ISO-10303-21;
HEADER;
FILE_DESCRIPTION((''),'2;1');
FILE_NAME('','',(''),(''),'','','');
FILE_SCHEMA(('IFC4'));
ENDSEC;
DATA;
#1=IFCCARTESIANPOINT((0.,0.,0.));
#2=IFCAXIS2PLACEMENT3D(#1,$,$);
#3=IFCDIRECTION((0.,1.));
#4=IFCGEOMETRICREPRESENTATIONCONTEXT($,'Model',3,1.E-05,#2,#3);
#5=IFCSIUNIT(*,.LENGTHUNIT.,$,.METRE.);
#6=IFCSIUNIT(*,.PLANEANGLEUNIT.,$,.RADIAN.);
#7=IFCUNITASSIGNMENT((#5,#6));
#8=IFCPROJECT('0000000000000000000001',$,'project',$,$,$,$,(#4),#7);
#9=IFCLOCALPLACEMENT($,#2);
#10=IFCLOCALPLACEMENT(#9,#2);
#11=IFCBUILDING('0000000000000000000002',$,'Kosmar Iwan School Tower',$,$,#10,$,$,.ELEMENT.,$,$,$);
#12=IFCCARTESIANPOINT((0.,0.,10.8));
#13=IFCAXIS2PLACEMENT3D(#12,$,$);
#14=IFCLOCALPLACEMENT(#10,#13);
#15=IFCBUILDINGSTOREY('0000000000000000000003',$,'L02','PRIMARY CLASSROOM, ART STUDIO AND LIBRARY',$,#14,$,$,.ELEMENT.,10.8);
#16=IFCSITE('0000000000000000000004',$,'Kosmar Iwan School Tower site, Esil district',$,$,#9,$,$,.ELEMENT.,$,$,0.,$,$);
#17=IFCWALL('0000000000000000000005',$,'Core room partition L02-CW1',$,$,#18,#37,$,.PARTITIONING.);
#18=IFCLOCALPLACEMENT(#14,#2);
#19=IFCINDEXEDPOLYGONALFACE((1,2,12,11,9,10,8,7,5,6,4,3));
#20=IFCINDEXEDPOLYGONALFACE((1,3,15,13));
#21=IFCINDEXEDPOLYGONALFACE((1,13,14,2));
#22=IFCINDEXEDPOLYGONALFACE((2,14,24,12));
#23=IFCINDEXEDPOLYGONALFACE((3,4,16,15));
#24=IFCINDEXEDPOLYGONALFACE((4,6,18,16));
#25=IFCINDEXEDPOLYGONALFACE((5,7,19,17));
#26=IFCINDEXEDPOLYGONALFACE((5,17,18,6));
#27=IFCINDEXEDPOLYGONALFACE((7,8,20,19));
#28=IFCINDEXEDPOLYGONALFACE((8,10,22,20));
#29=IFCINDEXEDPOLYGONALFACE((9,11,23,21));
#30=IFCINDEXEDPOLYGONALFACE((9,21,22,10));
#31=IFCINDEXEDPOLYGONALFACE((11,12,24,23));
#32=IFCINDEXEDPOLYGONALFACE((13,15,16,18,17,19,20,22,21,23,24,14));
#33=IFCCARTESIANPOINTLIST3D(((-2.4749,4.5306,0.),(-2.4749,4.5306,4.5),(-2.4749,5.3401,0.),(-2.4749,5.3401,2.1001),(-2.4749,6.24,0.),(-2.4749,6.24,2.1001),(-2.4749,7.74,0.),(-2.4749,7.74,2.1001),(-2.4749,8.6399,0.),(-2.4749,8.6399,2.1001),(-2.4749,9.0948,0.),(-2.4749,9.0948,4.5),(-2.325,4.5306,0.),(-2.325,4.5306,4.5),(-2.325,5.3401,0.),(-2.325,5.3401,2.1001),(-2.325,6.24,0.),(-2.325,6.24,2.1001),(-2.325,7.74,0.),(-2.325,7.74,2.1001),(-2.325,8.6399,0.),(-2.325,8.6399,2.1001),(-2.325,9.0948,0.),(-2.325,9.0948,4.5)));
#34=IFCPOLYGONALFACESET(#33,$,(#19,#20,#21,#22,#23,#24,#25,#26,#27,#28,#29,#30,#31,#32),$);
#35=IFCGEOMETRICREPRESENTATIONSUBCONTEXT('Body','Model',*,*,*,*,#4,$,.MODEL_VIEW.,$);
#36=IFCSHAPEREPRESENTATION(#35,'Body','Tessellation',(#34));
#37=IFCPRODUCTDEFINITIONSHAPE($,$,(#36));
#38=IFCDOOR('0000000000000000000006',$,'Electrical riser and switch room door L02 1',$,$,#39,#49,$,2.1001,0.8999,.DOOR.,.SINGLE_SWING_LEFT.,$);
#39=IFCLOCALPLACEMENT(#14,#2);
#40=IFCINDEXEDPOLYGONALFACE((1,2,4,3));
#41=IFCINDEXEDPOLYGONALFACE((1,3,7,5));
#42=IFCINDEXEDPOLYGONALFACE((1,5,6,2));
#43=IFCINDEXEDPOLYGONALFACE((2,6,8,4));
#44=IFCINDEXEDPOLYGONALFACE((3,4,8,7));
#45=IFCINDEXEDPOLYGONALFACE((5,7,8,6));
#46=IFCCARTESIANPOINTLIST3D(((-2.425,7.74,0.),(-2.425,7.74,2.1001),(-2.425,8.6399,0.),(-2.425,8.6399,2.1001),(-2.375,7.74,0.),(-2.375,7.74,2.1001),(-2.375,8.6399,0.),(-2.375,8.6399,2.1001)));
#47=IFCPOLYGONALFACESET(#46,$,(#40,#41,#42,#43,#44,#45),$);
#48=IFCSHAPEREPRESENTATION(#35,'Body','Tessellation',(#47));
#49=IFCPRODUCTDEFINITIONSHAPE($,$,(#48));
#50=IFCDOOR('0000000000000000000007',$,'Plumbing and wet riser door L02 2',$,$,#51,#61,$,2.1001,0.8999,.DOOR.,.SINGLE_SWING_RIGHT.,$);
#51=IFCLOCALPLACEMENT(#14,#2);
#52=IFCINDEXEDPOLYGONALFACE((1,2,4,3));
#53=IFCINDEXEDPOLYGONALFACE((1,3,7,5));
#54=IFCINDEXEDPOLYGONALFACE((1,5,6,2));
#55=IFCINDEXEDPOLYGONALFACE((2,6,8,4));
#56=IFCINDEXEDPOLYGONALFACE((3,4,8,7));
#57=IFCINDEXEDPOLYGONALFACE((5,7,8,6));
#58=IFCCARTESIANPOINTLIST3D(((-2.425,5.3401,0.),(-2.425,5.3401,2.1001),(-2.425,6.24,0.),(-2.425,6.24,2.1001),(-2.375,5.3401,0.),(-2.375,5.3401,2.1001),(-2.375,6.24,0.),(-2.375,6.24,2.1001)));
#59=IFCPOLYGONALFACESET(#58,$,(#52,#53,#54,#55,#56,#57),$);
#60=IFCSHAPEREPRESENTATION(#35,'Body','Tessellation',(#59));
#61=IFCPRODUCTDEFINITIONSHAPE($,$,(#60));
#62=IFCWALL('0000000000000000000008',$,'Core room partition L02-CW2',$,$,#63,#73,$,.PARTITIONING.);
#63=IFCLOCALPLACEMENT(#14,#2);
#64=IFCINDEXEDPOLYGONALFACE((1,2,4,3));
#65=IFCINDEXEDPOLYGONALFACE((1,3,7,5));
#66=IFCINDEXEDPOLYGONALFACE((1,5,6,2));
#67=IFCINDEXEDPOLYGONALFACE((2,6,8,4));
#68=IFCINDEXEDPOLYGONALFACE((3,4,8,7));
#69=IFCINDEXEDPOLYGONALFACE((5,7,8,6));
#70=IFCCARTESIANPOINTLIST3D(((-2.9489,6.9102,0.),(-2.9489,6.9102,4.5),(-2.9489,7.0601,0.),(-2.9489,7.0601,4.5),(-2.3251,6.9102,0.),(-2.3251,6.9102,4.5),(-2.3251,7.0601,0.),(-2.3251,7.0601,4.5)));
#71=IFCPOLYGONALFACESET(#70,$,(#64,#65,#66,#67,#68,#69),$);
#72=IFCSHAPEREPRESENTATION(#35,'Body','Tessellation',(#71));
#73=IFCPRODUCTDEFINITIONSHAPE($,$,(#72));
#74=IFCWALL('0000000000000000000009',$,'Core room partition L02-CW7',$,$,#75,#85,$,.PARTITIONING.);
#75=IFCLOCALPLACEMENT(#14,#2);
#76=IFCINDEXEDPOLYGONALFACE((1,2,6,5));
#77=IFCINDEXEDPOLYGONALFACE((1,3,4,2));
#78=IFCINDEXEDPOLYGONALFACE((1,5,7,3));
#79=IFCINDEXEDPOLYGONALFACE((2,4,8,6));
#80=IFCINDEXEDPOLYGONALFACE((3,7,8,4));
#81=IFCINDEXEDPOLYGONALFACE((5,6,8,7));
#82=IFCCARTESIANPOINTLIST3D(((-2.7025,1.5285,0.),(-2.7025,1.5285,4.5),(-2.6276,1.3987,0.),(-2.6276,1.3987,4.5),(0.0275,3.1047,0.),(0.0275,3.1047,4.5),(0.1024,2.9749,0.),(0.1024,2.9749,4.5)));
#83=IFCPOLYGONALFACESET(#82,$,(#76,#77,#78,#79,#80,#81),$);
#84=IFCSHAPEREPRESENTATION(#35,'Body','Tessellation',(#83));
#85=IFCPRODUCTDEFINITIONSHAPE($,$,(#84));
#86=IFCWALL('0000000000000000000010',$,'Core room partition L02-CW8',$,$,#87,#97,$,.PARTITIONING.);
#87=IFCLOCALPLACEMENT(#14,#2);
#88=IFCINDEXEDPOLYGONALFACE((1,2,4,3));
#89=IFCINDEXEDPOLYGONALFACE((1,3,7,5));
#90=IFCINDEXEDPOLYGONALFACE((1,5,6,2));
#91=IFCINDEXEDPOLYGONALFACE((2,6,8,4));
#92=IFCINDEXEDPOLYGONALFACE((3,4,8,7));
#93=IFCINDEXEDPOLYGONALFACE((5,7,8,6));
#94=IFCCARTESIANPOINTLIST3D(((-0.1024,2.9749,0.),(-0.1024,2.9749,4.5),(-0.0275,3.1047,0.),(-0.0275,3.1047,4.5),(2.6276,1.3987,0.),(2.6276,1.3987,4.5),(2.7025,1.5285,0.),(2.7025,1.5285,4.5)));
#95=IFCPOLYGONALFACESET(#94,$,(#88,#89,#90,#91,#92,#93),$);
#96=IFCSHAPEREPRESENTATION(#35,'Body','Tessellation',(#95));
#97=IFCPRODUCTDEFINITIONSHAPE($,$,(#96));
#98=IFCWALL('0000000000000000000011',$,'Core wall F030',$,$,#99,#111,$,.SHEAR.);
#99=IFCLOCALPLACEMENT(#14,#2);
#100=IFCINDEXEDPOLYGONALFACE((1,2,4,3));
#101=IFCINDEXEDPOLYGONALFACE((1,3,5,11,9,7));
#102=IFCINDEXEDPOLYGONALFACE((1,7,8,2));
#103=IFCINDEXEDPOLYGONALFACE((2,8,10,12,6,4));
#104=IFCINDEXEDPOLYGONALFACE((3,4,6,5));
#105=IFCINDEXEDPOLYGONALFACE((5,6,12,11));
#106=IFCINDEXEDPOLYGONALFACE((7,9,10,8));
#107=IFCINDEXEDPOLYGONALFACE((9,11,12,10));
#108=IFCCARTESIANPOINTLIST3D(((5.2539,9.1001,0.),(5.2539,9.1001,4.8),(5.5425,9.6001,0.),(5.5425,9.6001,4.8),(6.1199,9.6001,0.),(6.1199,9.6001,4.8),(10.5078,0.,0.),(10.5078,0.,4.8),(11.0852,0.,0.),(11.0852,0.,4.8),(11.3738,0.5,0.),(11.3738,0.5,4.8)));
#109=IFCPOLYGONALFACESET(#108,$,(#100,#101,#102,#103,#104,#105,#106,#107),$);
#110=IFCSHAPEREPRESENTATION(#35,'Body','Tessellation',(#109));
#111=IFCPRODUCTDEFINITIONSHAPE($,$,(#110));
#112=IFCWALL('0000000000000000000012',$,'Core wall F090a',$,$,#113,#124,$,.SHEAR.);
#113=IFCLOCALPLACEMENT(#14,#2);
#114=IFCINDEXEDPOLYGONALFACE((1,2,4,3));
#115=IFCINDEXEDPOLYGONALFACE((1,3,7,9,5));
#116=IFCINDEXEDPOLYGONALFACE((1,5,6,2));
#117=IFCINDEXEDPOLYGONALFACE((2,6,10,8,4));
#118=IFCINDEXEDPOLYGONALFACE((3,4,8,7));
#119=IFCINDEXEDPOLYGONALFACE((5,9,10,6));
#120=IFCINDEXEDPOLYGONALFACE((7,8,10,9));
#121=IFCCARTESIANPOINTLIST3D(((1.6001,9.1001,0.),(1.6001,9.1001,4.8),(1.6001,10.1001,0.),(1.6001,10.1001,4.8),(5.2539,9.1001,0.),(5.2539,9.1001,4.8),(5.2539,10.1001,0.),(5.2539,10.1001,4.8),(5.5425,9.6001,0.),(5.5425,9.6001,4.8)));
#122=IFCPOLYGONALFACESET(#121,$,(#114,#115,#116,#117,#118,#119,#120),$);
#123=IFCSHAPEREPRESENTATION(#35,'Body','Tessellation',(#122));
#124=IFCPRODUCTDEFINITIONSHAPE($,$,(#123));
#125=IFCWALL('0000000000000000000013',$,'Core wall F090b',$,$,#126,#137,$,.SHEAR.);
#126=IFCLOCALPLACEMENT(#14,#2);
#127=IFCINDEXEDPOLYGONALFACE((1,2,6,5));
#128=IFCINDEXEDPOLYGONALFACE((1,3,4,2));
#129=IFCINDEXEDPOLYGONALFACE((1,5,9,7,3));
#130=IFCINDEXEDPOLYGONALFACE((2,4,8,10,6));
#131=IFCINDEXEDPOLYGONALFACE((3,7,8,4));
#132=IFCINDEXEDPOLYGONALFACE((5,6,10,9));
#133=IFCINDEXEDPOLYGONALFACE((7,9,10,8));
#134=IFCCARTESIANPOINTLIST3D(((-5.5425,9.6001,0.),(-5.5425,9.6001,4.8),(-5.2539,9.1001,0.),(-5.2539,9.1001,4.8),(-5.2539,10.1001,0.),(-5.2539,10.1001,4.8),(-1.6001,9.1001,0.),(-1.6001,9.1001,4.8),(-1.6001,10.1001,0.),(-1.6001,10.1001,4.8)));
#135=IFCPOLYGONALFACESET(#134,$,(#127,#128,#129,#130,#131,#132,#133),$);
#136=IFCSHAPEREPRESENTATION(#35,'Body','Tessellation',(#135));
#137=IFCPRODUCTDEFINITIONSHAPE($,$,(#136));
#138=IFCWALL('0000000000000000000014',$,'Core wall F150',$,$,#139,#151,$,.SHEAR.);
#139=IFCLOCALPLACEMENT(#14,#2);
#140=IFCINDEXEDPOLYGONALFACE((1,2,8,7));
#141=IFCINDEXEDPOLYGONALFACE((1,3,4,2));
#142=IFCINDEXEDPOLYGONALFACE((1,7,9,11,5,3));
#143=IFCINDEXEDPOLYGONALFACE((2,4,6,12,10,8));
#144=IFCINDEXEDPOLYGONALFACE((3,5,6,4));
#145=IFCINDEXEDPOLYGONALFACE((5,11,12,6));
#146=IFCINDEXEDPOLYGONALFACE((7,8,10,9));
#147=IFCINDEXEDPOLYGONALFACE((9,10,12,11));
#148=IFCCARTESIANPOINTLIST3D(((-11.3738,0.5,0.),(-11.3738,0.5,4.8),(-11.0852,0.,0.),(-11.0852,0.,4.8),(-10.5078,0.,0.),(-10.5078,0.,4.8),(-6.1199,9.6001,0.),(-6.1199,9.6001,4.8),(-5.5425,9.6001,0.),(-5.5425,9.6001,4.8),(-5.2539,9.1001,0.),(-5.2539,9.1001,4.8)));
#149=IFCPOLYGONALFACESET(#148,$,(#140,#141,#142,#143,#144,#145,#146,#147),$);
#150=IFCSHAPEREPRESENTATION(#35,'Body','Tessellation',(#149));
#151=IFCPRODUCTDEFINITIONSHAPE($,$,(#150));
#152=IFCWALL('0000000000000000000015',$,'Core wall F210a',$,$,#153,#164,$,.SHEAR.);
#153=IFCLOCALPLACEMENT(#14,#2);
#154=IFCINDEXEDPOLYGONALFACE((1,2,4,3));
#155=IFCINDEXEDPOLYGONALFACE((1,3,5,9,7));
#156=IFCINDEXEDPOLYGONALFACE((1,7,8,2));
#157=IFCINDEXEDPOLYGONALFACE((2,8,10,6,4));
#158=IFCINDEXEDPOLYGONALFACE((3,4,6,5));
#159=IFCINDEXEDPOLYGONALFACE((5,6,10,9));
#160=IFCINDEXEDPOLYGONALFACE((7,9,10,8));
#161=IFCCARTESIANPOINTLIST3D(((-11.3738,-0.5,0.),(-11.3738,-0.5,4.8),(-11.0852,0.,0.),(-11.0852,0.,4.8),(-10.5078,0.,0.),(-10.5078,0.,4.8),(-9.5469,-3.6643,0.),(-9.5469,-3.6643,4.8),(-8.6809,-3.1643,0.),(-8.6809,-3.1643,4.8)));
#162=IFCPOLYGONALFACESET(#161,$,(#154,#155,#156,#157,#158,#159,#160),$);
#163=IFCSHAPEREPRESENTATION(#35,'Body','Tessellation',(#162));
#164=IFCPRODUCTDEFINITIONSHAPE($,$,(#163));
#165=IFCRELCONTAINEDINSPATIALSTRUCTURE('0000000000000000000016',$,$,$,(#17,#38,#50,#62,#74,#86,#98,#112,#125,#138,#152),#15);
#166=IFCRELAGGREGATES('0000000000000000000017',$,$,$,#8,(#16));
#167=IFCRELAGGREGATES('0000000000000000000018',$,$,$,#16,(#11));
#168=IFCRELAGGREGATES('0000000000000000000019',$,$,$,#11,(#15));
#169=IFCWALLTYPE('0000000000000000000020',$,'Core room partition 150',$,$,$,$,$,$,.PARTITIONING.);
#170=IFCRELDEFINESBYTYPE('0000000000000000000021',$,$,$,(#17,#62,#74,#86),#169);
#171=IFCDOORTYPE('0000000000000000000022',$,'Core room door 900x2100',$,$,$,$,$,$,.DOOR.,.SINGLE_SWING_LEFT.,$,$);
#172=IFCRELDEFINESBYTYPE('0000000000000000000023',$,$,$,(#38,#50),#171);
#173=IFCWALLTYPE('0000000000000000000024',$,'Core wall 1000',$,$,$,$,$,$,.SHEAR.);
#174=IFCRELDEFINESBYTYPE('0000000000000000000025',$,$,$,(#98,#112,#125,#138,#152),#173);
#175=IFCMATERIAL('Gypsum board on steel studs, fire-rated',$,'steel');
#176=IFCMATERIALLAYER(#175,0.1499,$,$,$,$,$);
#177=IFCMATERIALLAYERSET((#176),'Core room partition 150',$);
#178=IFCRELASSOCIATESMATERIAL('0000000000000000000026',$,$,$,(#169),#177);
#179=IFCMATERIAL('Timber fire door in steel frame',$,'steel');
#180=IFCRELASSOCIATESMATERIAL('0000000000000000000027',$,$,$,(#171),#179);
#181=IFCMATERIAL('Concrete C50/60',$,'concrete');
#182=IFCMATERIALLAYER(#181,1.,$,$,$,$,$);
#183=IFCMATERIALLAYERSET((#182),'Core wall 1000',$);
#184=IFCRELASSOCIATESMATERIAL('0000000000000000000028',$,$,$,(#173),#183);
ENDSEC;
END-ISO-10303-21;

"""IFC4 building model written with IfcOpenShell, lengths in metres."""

from ifc_helpers import new_model, si_unit, direction, frame, frame_2d, origin, place, context, subcontext, project, spatial, polyline, rectangle, outline, extrude, material, layer, layer_set, type_object, element, fill, save


model = new_model("IFC4")

# Units and contexts
model_context = context("Model", 3, precision=1e-05, world=origin(), true_north=direction((0.0, 1.0)))
body_context = subcontext(model_context, "Body", "Model", "MODEL_VIEW")
ifc_project = project(units=[si_unit("LENGTHUNIT", "METRE"), si_unit("PLANEANGLEUNIT", "RADIAN")], contexts=[model_context])

# Site, building, storey
site_placement = place(None, origin())
site = spatial("IfcSite", under=ifc_project, at=site_placement, Name="Kosmar Iwan School Tower site, Esil district", CompositionType="ELEMENT", RefElevation=0.0)
building_placement = place(site_placement, origin())
building = spatial("IfcBuilding", under=site, at=building_placement, Name="Kosmar Iwan School Tower", CompositionType="ELEMENT")
storey_placement = place(building_placement, frame((0.0, 0.0, 10.8)))
storey = spatial("IfcBuildingStorey", under=building, at=storey_placement, Name="L02", Description="PRIMARY CLASSROOM, ART STUDIO AND LIBRARY", CompositionType="ELEMENT", Elevation=10.8)

# Wall, openings, doors
ifc_material_1 = material(Name="Gypsum board on steel studs, fire-rated", Category="steel")
ifc_layer_1 = layer(ifc_material_1, 0.1499)
ifc_layer_set_1 = layer_set([ifc_layer_1], Name="Core room partition 150")
wall_type_1 = type_object("IfcWallType", Name="Core room partition 150", PredefinedType="PARTITIONING", material=ifc_layer_set_1)
wall_1_placement = place(storey_placement, frame((-2.3999, 9.095, 0.0), z_axis=(0.0, 0.0, 1.0), x_axis=(0.0, -1.0, 0.0)))
wall_1 = element("IfcWall", 1, at=wall_1_placement, inside=storey, type_object=wall_type_1, Name="Core room partition L02-CW1", PredefinedType="PARTITIONING", context=body_context, shape_type="SweptSolid", body=[
    extrude(rectangle(XDim=4.5642, YDim=0.1499, at=frame_2d((2.2822, 0.0))), origin(), (0.0, 0.0, 1.0), 4.5),
])
opening_1_placement = place(wall_1_placement, frame((0.4551, 0.0, 0.0)))
opening_1 = element("IfcOpeningElement", 2, at=opening_1_placement, cuts=wall_1, PredefinedType="OPENING", context=body_context, shape_type="SweptSolid", body=[
    extrude(rectangle(XDim=0.8999, YDim=2.1001, at=frame_2d((0.45, 1.05))), frame((0.0, 0.0869, 0.0), z_axis=(0.0, -1.0, 0.0), x_axis=(1.0, 0.0, 0.0)), (0.0, 0.0, 1.0), 0.1738),
])
opening_2_placement = place(wall_1_placement, frame((2.855, 0.0, 0.0)))
opening_2 = element("IfcOpeningElement", 3, at=opening_2_placement, cuts=wall_1, PredefinedType="OPENING", context=body_context, shape_type="SweptSolid", body=[
    extrude(rectangle(XDim=0.8999, YDim=2.1001, at=frame_2d((0.45, 1.05))), frame((0.0, 0.0869, 0.0), z_axis=(0.0, -1.0, 0.0), x_axis=(1.0, 0.0, 0.0)), (0.0, 0.0, 1.0), 0.1738),
])
ifc_material_2 = material(Name="Timber fire door in steel frame", Category="steel")
door_type_1 = type_object("IfcDoorType", Name="Core room door 900x2100", OperationType="SINGLE_SWING_LEFT", PredefinedType="DOOR", material=ifc_material_2)
door_1_placement = place(opening_1_placement, origin())
door_1 = element("IfcDoor", 4, at=door_1_placement, inside=storey, type_object=door_type_1, Name="Electrical riser and switch room door L02 1", OperationType="SINGLE_SWING_LEFT", OverallHeight=2.1001, OverallWidth=0.8999, PredefinedType="DOOR", context=body_context, shape_type="SweptSolid", body=[
    extrude(rectangle(XDim=0.8999, YDim=2.1001, at=frame_2d((0.45, 1.05))), frame((0.0, 0.0249, 0.0), z_axis=(0.0, -1.0, 0.0), x_axis=(1.0, 0.0, 0.0)), (0.0, 0.0, 1.0), 0.05),
])
fill(opening_1, door_1)
door_2_placement = place(opening_2_placement, origin())
door_2 = element("IfcDoor", 5, at=door_2_placement, inside=storey, type_object=door_type_1, Name="Plumbing and wet riser door L02 2", OperationType="SINGLE_SWING_RIGHT", OverallHeight=2.1001, OverallWidth=0.8999, PredefinedType="DOOR", context=body_context, shape_type="SweptSolid", body=[
    extrude(rectangle(XDim=0.8999, YDim=2.1001, at=frame_2d((0.45, 1.05))), frame((0.0, 0.0249, 0.0), z_axis=(0.0, -1.0, 0.0), x_axis=(1.0, 0.0, 0.0)), (0.0, 0.0, 1.0), 0.05),
])
fill(opening_2, door_2)

# Walls
wall_2_placement = place(storey_placement, frame((-2.325, 6.9851, 0.0), z_axis=(0.0, 0.0, 1.0), x_axis=(-1.0, 0.0, 0.0)))
element("IfcWall", 6, at=wall_2_placement, inside=storey, type_object=wall_type_1, Name="Core room partition L02-CW2", PredefinedType="PARTITIONING", context=body_context, shape_type="SweptSolid", body=[
    extrude(rectangle(XDim=0.6238, YDim=0.1499, at=frame_2d((0.312, 0.0))), origin(), (0.0, 0.0, 1.0), 4.5),
])
for number, where, z_axis, x_axis, name in (
    (7, (-2.665, 1.4636, 0.0), (0.0, 0.0, 1.0), (0.866023, 0.500004, 0.0), "Core room partition L02-CW7"),
    (8, (-0.0649, 3.0398, 0.0), (0.0, 0.0, 1.0), (0.866023, -0.500004, 0.0), "Core room partition L02-CW8"),
):
    element("IfcWall", number, at=place(storey_placement, frame(where, z_axis=z_axis, x_axis=x_axis)), inside=storey, type_object=wall_type_1, Name=name, PredefinedType="PARTITIONING", context=body_context, shape_type="SweptSolid", body=[
        extrude(rectangle(XDim=3.1523, YDim=0.1499, at=frame_2d((1.5762, 0.0))), origin(), (0.0, 0.0, 1.0), 4.5),
    ])
ifc_material_3 = material(Name="Concrete C50/60", Category="concrete")
ifc_layer_2 = layer(ifc_material_3, 1.0)
ifc_layer_set_2 = layer_set([ifc_layer_2], Name="Core wall 1000")
wall_type_2 = type_object("IfcWallType", Name="Core wall 1000", PredefinedType="SHEAR", material=ifc_layer_set_2)
wall_3_placement = place(storey_placement, origin())
element("IfcWall", 9, at=wall_3_placement, inside=storey, type_object=wall_type_2, Name="Core wall F030", PredefinedType="SHEAR", context=body_context, shape_type="SweptSolid", body=[
    extrude(outline(polyline([(10.5078, 0.0), (11.0852, 0.0), (11.3738, 0.5), (6.1199, 9.6001), (5.5425, 9.6001), (5.2539, 9.1001), (10.5078, 0.0)])), origin(), (0.0, 0.0, 1.0), 4.8),
])
wall_4_placement = place(storey_placement, origin())
element("IfcWall", 10, at=wall_4_placement, inside=storey, type_object=wall_type_2, Name="Core wall F090a", PredefinedType="SHEAR", context=body_context, shape_type="SweptSolid", body=[
    extrude(outline(polyline([(1.6001, 9.1001), (5.2539, 9.1001), (5.5425, 9.6001), (5.2539, 10.1001), (1.6001, 10.1001), (1.6001, 9.1001)])), origin(), (0.0, 0.0, 1.0), 4.8),
])
wall_5_placement = place(storey_placement, origin())
element("IfcWall", 11, at=wall_5_placement, inside=storey, type_object=wall_type_2, Name="Core wall F090b", PredefinedType="SHEAR", context=body_context, shape_type="SweptSolid", body=[
    extrude(outline(polyline([(-5.2539, 9.1001), (-1.6001, 9.1001), (-1.6001, 10.1001), (-5.2539, 10.1001), (-5.5425, 9.6001), (-5.2539, 9.1001)])), origin(), (0.0, 0.0, 1.0), 4.8),
])
wall_6_placement = place(storey_placement, origin())
element("IfcWall", 12, at=wall_6_placement, inside=storey, type_object=wall_type_2, Name="Core wall F150", PredefinedType="SHEAR", context=body_context, shape_type="SweptSolid", body=[
    extrude(outline(polyline([(-11.0852, 0.0), (-10.5078, 0.0), (-5.2539, 9.1001), (-5.5425, 9.6001), (-6.1199, 9.6001), (-11.3738, 0.5), (-11.0852, 0.0)])), origin(), (0.0, 0.0, 1.0), 4.8),
])
wall_7_placement = place(storey_placement, origin())
element("IfcWall", 13, at=wall_7_placement, inside=storey, type_object=wall_type_2, Name="Core wall F210a", PredefinedType="SHEAR", context=body_context, shape_type="SweptSolid", body=[
    extrude(outline(polyline([(-9.5469, -3.6643), (-8.6809, -3.1643), (-10.5078, 0.0), (-11.0852, 0.0), (-11.3738, -0.5), (-9.5469, -3.6643)])), origin(), (0.0, 0.0, 1.0), 4.8),
])

save(model, "model.ifc")
